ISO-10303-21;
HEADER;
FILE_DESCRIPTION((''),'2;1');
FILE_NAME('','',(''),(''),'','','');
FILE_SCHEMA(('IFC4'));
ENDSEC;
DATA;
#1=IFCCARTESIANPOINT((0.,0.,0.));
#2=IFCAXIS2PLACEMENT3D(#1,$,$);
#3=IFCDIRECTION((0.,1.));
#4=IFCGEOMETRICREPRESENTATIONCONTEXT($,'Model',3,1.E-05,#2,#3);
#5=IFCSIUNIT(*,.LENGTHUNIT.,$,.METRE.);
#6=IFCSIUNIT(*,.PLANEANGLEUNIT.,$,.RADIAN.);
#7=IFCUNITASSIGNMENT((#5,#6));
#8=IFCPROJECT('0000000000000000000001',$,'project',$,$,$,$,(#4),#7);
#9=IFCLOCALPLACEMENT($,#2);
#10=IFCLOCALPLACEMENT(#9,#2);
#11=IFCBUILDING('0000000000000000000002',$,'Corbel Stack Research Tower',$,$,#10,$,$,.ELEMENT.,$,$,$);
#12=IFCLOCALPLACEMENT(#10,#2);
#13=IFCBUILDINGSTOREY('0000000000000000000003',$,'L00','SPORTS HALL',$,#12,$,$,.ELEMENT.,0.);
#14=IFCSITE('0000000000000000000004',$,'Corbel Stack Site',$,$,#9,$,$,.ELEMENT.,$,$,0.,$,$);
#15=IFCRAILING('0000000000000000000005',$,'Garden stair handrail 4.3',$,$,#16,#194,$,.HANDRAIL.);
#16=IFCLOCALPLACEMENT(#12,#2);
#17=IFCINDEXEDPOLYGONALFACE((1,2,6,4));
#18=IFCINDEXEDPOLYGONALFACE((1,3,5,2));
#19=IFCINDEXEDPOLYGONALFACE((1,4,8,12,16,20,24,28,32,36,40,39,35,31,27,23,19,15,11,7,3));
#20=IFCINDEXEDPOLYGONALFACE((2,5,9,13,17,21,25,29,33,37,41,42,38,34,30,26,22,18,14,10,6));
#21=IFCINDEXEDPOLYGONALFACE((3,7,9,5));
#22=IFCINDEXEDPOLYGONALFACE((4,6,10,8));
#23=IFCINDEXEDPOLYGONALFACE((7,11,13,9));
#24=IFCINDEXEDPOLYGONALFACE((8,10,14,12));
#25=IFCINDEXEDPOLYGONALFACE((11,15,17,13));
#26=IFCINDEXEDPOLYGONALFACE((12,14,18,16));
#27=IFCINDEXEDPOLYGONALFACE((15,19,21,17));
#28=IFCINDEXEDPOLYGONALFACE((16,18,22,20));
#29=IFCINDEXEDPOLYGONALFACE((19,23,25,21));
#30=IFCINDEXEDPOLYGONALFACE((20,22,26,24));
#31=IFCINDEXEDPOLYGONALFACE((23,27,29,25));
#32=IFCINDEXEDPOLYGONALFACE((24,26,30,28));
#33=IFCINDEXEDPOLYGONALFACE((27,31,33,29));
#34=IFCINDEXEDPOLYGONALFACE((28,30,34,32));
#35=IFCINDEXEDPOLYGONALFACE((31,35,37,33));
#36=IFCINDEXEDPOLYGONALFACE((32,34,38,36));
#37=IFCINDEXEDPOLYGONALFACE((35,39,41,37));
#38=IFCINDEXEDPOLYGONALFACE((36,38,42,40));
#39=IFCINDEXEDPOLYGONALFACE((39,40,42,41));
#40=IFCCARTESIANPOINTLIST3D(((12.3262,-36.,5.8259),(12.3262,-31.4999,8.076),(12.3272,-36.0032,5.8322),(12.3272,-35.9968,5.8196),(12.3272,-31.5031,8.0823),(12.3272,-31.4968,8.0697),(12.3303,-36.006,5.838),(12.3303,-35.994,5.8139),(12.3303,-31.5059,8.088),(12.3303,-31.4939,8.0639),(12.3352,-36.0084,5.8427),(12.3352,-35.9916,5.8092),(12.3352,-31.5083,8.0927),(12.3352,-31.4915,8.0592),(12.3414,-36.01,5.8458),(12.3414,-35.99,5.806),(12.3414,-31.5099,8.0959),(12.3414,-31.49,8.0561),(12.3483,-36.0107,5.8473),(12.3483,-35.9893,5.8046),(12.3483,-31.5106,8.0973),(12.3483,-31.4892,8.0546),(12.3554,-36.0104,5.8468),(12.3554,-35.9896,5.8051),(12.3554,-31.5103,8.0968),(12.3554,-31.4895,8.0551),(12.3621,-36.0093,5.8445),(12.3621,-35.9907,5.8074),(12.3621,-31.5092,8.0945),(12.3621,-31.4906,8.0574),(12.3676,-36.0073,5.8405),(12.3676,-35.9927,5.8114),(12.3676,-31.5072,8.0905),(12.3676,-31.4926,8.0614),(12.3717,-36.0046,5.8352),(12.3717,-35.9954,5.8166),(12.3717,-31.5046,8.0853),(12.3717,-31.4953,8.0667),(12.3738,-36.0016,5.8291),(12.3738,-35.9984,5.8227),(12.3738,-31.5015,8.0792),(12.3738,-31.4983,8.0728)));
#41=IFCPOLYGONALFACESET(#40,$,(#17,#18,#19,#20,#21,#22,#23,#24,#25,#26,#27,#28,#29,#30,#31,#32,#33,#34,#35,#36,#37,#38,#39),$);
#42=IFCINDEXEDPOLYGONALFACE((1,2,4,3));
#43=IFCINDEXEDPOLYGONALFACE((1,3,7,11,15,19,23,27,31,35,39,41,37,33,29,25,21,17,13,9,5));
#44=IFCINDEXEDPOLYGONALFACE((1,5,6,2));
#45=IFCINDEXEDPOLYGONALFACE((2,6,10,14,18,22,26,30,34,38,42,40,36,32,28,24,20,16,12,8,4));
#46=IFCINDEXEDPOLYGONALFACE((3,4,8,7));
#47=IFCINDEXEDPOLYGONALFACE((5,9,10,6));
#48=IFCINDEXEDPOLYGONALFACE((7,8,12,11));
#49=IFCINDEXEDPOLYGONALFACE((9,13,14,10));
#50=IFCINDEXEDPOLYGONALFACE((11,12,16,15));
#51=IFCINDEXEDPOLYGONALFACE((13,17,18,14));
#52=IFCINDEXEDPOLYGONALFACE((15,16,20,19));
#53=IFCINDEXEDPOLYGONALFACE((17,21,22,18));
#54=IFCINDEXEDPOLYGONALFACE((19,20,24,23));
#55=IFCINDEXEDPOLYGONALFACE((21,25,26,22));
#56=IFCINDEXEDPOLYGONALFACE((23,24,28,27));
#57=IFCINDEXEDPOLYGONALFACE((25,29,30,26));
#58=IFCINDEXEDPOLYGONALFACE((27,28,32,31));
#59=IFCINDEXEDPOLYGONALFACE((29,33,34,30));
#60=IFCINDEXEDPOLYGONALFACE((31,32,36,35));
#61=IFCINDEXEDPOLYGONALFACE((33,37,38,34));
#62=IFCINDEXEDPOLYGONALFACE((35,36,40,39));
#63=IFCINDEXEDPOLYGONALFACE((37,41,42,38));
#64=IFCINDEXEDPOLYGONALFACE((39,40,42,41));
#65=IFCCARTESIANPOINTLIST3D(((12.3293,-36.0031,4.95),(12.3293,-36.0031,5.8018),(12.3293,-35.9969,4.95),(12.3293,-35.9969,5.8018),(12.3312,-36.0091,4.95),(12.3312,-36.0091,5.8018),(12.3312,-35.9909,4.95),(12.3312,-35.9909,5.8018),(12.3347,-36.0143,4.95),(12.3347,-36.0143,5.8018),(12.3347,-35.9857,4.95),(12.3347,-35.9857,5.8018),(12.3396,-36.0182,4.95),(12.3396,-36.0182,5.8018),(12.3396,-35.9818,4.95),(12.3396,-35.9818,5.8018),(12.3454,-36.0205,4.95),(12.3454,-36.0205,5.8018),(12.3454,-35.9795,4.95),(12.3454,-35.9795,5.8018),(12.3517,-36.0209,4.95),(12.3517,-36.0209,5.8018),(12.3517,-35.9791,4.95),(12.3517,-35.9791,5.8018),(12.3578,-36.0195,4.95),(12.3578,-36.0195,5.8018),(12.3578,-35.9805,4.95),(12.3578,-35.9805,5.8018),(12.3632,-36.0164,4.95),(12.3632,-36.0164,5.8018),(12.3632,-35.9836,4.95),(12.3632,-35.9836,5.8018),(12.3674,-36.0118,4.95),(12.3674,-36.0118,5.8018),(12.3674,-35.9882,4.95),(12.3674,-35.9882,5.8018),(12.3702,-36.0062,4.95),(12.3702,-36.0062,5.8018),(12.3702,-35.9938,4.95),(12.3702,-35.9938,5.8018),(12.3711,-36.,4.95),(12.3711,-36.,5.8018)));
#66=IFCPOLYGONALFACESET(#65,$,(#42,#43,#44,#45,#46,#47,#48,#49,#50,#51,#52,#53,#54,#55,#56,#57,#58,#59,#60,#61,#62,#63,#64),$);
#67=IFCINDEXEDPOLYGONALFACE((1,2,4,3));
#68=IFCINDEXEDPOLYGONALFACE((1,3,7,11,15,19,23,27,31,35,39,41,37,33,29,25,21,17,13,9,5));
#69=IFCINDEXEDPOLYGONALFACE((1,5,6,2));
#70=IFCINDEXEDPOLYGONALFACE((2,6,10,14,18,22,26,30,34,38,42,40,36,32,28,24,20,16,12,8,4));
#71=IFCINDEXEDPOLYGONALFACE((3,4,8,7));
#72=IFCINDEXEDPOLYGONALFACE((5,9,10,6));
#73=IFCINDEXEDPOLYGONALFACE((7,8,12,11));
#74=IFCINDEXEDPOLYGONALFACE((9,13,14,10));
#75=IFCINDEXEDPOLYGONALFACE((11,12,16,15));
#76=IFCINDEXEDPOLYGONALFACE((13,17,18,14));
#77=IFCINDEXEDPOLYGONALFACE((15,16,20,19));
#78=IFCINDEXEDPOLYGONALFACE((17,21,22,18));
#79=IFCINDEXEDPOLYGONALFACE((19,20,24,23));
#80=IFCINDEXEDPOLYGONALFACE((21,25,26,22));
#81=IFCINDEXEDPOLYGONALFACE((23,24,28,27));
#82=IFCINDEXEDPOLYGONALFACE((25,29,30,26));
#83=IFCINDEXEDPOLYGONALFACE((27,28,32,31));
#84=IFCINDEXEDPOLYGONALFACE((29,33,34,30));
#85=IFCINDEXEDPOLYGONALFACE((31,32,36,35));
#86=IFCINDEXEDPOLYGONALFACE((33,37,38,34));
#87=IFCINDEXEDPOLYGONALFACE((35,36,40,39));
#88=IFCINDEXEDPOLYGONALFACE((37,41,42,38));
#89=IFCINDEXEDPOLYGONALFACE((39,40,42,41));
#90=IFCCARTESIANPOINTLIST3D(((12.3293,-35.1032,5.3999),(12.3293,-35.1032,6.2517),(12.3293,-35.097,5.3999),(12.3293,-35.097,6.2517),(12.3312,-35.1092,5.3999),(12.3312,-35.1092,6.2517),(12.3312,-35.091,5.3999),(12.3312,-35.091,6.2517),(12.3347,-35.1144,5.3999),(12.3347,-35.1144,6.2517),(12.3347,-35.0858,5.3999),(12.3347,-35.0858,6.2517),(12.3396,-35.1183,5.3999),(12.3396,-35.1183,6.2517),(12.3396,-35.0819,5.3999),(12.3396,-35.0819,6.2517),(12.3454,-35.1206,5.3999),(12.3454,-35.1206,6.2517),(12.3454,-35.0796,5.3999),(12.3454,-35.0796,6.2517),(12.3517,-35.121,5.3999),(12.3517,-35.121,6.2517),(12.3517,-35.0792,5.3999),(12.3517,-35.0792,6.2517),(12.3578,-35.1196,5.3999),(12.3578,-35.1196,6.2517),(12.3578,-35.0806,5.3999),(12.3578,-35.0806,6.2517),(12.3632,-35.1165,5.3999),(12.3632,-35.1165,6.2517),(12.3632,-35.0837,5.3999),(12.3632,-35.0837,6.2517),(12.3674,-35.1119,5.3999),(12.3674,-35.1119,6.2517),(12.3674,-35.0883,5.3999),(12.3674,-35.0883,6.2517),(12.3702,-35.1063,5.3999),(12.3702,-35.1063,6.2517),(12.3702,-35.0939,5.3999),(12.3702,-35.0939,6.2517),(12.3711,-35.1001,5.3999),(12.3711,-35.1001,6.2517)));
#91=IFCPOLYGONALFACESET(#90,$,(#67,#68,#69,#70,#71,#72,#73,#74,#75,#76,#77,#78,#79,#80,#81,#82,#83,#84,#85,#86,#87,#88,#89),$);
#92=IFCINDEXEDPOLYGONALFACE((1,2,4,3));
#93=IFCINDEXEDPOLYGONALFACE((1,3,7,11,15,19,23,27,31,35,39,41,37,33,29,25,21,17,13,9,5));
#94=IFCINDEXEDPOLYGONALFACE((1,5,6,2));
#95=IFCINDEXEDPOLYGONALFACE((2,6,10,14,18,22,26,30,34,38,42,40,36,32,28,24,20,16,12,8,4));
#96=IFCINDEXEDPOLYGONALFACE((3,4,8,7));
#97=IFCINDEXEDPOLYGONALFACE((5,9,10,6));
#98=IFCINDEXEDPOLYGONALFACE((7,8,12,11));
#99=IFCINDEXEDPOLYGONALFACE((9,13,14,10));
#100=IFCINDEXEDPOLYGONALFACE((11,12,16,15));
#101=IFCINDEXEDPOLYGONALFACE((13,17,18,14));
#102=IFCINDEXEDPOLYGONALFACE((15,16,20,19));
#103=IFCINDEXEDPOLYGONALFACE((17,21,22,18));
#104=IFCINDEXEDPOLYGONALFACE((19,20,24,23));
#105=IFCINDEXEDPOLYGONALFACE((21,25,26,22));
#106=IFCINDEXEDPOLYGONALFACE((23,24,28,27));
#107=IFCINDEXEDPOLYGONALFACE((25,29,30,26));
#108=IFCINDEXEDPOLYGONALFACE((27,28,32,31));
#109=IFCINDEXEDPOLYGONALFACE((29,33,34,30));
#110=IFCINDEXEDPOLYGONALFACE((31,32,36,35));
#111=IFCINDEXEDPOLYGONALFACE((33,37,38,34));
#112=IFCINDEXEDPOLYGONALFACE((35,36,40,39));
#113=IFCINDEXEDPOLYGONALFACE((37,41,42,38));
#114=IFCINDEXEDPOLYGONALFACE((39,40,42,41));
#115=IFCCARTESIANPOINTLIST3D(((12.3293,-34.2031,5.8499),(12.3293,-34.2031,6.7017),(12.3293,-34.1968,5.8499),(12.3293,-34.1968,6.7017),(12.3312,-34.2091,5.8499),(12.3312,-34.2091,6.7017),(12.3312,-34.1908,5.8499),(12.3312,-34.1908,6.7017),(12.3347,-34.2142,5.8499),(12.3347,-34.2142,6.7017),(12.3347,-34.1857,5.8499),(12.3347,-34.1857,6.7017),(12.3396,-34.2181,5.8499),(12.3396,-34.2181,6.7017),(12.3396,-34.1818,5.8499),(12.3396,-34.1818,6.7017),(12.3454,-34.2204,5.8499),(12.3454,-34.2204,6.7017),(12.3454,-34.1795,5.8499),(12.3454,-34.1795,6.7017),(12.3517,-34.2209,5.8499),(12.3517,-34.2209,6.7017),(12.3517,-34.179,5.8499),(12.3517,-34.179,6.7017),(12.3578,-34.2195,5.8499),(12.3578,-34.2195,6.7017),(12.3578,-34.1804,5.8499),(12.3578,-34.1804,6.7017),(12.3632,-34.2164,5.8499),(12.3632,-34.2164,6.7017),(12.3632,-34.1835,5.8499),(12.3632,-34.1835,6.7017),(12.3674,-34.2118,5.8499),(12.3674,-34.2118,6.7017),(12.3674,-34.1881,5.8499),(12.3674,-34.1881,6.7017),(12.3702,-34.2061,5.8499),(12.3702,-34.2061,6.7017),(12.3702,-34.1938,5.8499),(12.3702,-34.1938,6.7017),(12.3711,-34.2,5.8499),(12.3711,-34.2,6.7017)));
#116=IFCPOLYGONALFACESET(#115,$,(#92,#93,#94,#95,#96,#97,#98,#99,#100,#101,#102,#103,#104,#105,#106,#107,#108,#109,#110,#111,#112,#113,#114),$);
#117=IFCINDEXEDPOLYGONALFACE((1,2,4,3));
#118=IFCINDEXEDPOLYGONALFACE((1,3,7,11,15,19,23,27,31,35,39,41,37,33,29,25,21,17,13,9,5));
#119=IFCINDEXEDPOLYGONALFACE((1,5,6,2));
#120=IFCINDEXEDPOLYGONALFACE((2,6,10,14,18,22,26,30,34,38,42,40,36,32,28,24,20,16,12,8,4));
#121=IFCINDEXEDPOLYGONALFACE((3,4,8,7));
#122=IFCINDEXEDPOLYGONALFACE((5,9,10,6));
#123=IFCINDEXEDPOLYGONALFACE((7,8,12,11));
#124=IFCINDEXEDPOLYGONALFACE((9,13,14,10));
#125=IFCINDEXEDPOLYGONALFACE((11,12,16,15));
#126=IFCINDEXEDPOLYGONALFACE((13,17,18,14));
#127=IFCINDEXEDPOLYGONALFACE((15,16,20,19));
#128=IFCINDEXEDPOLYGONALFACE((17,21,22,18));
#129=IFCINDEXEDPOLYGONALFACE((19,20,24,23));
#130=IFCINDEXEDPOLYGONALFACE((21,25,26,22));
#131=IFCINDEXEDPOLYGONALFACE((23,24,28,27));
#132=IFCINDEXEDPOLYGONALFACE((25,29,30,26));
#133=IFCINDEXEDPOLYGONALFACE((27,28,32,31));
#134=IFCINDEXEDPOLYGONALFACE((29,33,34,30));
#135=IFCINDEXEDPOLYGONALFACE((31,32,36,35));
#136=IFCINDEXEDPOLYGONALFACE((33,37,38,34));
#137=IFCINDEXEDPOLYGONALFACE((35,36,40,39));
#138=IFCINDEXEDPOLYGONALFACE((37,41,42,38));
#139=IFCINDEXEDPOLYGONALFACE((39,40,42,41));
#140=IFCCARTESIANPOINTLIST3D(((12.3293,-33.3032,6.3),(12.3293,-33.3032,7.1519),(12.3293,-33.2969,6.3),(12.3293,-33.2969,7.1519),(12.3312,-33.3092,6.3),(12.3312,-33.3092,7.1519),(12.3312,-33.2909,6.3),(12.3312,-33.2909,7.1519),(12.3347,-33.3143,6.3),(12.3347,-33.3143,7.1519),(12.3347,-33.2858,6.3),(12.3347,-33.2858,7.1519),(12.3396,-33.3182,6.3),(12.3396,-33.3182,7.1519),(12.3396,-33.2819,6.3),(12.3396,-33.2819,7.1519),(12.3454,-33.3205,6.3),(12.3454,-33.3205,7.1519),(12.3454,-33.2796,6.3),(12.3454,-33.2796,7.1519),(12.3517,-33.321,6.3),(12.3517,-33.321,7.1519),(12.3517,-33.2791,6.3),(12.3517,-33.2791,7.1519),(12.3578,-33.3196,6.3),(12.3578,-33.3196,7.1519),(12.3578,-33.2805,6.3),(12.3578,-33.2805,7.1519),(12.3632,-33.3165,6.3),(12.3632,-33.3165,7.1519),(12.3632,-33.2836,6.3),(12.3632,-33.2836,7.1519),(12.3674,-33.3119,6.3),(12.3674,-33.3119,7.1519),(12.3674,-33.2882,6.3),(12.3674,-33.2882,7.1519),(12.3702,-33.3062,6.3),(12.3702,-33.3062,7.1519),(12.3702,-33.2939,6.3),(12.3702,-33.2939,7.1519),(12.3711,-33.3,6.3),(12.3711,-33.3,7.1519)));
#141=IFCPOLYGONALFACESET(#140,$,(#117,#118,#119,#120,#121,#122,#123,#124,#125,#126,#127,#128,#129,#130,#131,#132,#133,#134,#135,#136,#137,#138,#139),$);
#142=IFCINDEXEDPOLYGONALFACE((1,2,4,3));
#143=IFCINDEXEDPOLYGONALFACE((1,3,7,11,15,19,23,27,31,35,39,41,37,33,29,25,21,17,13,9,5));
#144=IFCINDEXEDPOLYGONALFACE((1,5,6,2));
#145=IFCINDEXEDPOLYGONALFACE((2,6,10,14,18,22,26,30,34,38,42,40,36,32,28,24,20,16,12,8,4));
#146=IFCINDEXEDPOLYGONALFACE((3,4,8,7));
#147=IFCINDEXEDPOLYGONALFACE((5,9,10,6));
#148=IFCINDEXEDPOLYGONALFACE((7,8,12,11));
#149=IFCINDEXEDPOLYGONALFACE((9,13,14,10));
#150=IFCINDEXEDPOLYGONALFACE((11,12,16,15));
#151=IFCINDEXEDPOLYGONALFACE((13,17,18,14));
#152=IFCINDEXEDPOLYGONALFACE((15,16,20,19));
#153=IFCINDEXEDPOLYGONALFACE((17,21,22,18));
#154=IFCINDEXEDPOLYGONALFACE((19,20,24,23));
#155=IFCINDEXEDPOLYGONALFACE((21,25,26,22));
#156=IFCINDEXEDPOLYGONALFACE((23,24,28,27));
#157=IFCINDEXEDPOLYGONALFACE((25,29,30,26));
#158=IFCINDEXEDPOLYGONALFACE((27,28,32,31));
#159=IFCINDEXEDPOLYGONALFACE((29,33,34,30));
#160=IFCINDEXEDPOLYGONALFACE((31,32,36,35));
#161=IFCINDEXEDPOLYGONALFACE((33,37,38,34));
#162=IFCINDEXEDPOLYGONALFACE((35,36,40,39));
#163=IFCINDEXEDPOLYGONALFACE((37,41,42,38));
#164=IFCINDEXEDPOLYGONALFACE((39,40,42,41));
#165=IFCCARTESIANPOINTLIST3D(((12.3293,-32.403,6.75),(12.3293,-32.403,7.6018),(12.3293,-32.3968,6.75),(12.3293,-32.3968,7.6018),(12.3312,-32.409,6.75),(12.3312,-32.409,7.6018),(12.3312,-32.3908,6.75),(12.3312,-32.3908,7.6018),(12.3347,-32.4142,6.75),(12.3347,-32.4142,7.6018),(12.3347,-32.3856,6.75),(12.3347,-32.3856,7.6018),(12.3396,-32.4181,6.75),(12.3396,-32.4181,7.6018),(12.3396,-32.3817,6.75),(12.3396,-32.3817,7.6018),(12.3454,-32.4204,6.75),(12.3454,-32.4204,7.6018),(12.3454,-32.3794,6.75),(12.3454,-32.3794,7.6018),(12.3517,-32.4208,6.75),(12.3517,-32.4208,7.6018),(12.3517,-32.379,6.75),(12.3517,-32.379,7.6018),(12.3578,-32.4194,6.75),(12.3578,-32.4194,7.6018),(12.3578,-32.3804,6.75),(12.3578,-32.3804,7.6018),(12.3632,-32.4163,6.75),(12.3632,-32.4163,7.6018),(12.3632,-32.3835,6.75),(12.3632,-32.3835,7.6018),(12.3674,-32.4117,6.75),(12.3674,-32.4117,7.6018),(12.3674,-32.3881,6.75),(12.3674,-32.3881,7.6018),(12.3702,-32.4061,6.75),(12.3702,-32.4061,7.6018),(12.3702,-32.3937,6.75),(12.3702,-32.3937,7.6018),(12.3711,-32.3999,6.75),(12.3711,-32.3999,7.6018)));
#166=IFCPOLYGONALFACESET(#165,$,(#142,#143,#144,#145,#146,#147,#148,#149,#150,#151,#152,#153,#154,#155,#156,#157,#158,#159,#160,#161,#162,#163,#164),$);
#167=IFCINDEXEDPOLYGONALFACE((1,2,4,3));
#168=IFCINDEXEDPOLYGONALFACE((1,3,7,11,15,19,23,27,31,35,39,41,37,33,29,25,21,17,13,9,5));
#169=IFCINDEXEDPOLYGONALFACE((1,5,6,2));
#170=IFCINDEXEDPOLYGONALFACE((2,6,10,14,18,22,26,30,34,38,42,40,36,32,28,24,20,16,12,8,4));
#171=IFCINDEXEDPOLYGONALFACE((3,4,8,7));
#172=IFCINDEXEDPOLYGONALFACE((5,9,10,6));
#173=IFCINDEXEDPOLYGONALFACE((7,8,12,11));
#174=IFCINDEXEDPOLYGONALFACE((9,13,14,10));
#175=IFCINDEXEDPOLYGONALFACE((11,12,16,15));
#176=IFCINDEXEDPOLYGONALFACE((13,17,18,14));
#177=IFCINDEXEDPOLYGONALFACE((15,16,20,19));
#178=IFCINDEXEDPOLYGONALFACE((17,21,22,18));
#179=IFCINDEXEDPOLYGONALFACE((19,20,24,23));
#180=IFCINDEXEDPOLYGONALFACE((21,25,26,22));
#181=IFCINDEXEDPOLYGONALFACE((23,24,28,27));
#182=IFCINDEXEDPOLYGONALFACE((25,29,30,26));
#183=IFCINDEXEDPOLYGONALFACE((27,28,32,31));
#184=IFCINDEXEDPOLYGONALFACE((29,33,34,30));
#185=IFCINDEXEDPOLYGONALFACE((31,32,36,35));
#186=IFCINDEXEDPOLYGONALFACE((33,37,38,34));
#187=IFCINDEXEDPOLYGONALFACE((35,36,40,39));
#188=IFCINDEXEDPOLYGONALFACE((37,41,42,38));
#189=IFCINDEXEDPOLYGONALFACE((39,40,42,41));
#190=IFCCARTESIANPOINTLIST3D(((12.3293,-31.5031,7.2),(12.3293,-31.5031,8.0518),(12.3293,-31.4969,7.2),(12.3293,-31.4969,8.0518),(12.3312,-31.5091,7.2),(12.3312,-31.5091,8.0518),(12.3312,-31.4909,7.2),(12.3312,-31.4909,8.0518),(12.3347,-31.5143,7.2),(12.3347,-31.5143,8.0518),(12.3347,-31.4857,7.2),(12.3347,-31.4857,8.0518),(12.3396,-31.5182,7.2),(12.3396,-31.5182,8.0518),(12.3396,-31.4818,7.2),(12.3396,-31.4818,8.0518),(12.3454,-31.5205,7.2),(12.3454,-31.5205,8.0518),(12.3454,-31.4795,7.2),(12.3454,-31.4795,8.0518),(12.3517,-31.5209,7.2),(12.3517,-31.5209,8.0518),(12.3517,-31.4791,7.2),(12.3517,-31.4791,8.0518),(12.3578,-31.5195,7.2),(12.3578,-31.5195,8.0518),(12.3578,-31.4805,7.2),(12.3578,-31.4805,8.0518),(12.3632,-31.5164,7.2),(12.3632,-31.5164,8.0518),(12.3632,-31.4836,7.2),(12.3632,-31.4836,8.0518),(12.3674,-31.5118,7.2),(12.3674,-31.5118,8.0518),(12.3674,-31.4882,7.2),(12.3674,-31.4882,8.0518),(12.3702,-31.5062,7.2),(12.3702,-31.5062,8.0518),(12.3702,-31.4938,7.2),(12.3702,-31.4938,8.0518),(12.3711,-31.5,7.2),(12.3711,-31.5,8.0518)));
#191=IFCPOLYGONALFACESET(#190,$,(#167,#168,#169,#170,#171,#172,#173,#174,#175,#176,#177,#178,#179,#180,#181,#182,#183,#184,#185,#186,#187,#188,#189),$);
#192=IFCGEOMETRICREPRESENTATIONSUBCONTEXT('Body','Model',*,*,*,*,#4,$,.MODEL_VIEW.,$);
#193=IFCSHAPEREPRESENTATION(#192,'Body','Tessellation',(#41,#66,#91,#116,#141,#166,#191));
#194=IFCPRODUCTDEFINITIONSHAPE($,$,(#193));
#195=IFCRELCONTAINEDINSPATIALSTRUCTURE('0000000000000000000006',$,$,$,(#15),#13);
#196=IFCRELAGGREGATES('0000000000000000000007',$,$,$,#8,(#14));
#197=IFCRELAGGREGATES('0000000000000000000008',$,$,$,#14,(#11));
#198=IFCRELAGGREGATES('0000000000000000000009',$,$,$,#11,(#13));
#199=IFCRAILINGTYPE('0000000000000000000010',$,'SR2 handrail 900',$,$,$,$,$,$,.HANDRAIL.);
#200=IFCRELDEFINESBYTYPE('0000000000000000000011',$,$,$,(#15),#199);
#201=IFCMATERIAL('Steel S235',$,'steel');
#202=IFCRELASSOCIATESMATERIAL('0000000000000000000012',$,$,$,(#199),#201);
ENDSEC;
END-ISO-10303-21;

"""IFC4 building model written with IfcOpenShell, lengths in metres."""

from ifc_helpers import new_model, si_unit, direction, frame, origin, origin_2d, place, context, subcontext, project, spatial, circle, extrude, material, type_object, element, save


model = new_model("IFC4")

# Units and contexts
model_context = context("Model", 3, precision=1e-05, world=origin(), true_north=direction((0.0, 1.0)))
body_context = subcontext(model_context, "Body", "Model", "MODEL_VIEW")
ifc_project = project(units=[si_unit("LENGTHUNIT", "METRE"), si_unit("PLANEANGLEUNIT", "RADIAN")], contexts=[model_context])

# Site, building, storey
site_placement = place(None, origin())
site = spatial("IfcSite", under=ifc_project, at=site_placement, Name="Corbel Stack Site", CompositionType="ELEMENT", RefElevation=0.0)
building_placement = place(site_placement, origin())
building = spatial("IfcBuilding", under=site, at=building_placement, Name="Corbel Stack Research Tower", CompositionType="ELEMENT")
storey_placement = place(building_placement, origin())
storey = spatial("IfcBuildingStorey", under=building, at=storey_placement, Name="L00", Description="SPORTS HALL", CompositionType="ELEMENT", Elevation=0.0)

# Railing
ifc_material_1 = material(Name="Steel S235", Category="steel")
railing_type_1 = type_object("IfcRailingType", Name="SR2 handrail 900", PredefinedType="HANDRAIL", material=ifc_material_1)
railing_1_placement = place(storey_placement, frame((12.3501, -36.0, 4.95)))
element("IfcRailing", 1, at=railing_1_placement, inside=storey, type_object=railing_type_1, Name="Garden stair handrail 4.3", PredefinedType="HANDRAIL", context=body_context, shape_type="SweptSolid", body=[
    extrude(circle(Radius=0.0239, at=origin_2d()), frame((0.0, 0.0, 0.876), z_axis=(0.0, 0.894427, 0.447214), x_axis=(-1.0, 0.0, 0.0)), (0.0, 0.0, 1.0), 5.0312),
    extrude(circle(Radius=0.021, at=origin_2d()), origin(), (0.0, 0.0, 1.0), 0.8518),
    extrude(circle(Radius=0.021, at=origin_2d()), frame((0.0, 0.8999, 0.45)), (0.0, 0.0, 1.0), 0.8518),
    extrude(circle(Radius=0.021, at=origin_2d()), frame((0.0, 1.8, 0.8999)), (0.0, 0.0, 1.0), 0.8518),
    extrude(circle(Radius=0.021, at=origin_2d()), frame((0.0, 2.7, 1.3501)), (0.0, 0.0, 1.0), 0.8518),
    extrude(circle(Radius=0.021, at=origin_2d()), frame((0.0, 3.6001, 1.8)), (0.0, 0.0, 1.0), 0.8518),
    extrude(circle(Radius=0.021, at=origin_2d()), frame((0.0, 4.5, 2.25)), (0.0, 0.0, 1.0), 0.8518),
])

save(model, "model.ifc")
